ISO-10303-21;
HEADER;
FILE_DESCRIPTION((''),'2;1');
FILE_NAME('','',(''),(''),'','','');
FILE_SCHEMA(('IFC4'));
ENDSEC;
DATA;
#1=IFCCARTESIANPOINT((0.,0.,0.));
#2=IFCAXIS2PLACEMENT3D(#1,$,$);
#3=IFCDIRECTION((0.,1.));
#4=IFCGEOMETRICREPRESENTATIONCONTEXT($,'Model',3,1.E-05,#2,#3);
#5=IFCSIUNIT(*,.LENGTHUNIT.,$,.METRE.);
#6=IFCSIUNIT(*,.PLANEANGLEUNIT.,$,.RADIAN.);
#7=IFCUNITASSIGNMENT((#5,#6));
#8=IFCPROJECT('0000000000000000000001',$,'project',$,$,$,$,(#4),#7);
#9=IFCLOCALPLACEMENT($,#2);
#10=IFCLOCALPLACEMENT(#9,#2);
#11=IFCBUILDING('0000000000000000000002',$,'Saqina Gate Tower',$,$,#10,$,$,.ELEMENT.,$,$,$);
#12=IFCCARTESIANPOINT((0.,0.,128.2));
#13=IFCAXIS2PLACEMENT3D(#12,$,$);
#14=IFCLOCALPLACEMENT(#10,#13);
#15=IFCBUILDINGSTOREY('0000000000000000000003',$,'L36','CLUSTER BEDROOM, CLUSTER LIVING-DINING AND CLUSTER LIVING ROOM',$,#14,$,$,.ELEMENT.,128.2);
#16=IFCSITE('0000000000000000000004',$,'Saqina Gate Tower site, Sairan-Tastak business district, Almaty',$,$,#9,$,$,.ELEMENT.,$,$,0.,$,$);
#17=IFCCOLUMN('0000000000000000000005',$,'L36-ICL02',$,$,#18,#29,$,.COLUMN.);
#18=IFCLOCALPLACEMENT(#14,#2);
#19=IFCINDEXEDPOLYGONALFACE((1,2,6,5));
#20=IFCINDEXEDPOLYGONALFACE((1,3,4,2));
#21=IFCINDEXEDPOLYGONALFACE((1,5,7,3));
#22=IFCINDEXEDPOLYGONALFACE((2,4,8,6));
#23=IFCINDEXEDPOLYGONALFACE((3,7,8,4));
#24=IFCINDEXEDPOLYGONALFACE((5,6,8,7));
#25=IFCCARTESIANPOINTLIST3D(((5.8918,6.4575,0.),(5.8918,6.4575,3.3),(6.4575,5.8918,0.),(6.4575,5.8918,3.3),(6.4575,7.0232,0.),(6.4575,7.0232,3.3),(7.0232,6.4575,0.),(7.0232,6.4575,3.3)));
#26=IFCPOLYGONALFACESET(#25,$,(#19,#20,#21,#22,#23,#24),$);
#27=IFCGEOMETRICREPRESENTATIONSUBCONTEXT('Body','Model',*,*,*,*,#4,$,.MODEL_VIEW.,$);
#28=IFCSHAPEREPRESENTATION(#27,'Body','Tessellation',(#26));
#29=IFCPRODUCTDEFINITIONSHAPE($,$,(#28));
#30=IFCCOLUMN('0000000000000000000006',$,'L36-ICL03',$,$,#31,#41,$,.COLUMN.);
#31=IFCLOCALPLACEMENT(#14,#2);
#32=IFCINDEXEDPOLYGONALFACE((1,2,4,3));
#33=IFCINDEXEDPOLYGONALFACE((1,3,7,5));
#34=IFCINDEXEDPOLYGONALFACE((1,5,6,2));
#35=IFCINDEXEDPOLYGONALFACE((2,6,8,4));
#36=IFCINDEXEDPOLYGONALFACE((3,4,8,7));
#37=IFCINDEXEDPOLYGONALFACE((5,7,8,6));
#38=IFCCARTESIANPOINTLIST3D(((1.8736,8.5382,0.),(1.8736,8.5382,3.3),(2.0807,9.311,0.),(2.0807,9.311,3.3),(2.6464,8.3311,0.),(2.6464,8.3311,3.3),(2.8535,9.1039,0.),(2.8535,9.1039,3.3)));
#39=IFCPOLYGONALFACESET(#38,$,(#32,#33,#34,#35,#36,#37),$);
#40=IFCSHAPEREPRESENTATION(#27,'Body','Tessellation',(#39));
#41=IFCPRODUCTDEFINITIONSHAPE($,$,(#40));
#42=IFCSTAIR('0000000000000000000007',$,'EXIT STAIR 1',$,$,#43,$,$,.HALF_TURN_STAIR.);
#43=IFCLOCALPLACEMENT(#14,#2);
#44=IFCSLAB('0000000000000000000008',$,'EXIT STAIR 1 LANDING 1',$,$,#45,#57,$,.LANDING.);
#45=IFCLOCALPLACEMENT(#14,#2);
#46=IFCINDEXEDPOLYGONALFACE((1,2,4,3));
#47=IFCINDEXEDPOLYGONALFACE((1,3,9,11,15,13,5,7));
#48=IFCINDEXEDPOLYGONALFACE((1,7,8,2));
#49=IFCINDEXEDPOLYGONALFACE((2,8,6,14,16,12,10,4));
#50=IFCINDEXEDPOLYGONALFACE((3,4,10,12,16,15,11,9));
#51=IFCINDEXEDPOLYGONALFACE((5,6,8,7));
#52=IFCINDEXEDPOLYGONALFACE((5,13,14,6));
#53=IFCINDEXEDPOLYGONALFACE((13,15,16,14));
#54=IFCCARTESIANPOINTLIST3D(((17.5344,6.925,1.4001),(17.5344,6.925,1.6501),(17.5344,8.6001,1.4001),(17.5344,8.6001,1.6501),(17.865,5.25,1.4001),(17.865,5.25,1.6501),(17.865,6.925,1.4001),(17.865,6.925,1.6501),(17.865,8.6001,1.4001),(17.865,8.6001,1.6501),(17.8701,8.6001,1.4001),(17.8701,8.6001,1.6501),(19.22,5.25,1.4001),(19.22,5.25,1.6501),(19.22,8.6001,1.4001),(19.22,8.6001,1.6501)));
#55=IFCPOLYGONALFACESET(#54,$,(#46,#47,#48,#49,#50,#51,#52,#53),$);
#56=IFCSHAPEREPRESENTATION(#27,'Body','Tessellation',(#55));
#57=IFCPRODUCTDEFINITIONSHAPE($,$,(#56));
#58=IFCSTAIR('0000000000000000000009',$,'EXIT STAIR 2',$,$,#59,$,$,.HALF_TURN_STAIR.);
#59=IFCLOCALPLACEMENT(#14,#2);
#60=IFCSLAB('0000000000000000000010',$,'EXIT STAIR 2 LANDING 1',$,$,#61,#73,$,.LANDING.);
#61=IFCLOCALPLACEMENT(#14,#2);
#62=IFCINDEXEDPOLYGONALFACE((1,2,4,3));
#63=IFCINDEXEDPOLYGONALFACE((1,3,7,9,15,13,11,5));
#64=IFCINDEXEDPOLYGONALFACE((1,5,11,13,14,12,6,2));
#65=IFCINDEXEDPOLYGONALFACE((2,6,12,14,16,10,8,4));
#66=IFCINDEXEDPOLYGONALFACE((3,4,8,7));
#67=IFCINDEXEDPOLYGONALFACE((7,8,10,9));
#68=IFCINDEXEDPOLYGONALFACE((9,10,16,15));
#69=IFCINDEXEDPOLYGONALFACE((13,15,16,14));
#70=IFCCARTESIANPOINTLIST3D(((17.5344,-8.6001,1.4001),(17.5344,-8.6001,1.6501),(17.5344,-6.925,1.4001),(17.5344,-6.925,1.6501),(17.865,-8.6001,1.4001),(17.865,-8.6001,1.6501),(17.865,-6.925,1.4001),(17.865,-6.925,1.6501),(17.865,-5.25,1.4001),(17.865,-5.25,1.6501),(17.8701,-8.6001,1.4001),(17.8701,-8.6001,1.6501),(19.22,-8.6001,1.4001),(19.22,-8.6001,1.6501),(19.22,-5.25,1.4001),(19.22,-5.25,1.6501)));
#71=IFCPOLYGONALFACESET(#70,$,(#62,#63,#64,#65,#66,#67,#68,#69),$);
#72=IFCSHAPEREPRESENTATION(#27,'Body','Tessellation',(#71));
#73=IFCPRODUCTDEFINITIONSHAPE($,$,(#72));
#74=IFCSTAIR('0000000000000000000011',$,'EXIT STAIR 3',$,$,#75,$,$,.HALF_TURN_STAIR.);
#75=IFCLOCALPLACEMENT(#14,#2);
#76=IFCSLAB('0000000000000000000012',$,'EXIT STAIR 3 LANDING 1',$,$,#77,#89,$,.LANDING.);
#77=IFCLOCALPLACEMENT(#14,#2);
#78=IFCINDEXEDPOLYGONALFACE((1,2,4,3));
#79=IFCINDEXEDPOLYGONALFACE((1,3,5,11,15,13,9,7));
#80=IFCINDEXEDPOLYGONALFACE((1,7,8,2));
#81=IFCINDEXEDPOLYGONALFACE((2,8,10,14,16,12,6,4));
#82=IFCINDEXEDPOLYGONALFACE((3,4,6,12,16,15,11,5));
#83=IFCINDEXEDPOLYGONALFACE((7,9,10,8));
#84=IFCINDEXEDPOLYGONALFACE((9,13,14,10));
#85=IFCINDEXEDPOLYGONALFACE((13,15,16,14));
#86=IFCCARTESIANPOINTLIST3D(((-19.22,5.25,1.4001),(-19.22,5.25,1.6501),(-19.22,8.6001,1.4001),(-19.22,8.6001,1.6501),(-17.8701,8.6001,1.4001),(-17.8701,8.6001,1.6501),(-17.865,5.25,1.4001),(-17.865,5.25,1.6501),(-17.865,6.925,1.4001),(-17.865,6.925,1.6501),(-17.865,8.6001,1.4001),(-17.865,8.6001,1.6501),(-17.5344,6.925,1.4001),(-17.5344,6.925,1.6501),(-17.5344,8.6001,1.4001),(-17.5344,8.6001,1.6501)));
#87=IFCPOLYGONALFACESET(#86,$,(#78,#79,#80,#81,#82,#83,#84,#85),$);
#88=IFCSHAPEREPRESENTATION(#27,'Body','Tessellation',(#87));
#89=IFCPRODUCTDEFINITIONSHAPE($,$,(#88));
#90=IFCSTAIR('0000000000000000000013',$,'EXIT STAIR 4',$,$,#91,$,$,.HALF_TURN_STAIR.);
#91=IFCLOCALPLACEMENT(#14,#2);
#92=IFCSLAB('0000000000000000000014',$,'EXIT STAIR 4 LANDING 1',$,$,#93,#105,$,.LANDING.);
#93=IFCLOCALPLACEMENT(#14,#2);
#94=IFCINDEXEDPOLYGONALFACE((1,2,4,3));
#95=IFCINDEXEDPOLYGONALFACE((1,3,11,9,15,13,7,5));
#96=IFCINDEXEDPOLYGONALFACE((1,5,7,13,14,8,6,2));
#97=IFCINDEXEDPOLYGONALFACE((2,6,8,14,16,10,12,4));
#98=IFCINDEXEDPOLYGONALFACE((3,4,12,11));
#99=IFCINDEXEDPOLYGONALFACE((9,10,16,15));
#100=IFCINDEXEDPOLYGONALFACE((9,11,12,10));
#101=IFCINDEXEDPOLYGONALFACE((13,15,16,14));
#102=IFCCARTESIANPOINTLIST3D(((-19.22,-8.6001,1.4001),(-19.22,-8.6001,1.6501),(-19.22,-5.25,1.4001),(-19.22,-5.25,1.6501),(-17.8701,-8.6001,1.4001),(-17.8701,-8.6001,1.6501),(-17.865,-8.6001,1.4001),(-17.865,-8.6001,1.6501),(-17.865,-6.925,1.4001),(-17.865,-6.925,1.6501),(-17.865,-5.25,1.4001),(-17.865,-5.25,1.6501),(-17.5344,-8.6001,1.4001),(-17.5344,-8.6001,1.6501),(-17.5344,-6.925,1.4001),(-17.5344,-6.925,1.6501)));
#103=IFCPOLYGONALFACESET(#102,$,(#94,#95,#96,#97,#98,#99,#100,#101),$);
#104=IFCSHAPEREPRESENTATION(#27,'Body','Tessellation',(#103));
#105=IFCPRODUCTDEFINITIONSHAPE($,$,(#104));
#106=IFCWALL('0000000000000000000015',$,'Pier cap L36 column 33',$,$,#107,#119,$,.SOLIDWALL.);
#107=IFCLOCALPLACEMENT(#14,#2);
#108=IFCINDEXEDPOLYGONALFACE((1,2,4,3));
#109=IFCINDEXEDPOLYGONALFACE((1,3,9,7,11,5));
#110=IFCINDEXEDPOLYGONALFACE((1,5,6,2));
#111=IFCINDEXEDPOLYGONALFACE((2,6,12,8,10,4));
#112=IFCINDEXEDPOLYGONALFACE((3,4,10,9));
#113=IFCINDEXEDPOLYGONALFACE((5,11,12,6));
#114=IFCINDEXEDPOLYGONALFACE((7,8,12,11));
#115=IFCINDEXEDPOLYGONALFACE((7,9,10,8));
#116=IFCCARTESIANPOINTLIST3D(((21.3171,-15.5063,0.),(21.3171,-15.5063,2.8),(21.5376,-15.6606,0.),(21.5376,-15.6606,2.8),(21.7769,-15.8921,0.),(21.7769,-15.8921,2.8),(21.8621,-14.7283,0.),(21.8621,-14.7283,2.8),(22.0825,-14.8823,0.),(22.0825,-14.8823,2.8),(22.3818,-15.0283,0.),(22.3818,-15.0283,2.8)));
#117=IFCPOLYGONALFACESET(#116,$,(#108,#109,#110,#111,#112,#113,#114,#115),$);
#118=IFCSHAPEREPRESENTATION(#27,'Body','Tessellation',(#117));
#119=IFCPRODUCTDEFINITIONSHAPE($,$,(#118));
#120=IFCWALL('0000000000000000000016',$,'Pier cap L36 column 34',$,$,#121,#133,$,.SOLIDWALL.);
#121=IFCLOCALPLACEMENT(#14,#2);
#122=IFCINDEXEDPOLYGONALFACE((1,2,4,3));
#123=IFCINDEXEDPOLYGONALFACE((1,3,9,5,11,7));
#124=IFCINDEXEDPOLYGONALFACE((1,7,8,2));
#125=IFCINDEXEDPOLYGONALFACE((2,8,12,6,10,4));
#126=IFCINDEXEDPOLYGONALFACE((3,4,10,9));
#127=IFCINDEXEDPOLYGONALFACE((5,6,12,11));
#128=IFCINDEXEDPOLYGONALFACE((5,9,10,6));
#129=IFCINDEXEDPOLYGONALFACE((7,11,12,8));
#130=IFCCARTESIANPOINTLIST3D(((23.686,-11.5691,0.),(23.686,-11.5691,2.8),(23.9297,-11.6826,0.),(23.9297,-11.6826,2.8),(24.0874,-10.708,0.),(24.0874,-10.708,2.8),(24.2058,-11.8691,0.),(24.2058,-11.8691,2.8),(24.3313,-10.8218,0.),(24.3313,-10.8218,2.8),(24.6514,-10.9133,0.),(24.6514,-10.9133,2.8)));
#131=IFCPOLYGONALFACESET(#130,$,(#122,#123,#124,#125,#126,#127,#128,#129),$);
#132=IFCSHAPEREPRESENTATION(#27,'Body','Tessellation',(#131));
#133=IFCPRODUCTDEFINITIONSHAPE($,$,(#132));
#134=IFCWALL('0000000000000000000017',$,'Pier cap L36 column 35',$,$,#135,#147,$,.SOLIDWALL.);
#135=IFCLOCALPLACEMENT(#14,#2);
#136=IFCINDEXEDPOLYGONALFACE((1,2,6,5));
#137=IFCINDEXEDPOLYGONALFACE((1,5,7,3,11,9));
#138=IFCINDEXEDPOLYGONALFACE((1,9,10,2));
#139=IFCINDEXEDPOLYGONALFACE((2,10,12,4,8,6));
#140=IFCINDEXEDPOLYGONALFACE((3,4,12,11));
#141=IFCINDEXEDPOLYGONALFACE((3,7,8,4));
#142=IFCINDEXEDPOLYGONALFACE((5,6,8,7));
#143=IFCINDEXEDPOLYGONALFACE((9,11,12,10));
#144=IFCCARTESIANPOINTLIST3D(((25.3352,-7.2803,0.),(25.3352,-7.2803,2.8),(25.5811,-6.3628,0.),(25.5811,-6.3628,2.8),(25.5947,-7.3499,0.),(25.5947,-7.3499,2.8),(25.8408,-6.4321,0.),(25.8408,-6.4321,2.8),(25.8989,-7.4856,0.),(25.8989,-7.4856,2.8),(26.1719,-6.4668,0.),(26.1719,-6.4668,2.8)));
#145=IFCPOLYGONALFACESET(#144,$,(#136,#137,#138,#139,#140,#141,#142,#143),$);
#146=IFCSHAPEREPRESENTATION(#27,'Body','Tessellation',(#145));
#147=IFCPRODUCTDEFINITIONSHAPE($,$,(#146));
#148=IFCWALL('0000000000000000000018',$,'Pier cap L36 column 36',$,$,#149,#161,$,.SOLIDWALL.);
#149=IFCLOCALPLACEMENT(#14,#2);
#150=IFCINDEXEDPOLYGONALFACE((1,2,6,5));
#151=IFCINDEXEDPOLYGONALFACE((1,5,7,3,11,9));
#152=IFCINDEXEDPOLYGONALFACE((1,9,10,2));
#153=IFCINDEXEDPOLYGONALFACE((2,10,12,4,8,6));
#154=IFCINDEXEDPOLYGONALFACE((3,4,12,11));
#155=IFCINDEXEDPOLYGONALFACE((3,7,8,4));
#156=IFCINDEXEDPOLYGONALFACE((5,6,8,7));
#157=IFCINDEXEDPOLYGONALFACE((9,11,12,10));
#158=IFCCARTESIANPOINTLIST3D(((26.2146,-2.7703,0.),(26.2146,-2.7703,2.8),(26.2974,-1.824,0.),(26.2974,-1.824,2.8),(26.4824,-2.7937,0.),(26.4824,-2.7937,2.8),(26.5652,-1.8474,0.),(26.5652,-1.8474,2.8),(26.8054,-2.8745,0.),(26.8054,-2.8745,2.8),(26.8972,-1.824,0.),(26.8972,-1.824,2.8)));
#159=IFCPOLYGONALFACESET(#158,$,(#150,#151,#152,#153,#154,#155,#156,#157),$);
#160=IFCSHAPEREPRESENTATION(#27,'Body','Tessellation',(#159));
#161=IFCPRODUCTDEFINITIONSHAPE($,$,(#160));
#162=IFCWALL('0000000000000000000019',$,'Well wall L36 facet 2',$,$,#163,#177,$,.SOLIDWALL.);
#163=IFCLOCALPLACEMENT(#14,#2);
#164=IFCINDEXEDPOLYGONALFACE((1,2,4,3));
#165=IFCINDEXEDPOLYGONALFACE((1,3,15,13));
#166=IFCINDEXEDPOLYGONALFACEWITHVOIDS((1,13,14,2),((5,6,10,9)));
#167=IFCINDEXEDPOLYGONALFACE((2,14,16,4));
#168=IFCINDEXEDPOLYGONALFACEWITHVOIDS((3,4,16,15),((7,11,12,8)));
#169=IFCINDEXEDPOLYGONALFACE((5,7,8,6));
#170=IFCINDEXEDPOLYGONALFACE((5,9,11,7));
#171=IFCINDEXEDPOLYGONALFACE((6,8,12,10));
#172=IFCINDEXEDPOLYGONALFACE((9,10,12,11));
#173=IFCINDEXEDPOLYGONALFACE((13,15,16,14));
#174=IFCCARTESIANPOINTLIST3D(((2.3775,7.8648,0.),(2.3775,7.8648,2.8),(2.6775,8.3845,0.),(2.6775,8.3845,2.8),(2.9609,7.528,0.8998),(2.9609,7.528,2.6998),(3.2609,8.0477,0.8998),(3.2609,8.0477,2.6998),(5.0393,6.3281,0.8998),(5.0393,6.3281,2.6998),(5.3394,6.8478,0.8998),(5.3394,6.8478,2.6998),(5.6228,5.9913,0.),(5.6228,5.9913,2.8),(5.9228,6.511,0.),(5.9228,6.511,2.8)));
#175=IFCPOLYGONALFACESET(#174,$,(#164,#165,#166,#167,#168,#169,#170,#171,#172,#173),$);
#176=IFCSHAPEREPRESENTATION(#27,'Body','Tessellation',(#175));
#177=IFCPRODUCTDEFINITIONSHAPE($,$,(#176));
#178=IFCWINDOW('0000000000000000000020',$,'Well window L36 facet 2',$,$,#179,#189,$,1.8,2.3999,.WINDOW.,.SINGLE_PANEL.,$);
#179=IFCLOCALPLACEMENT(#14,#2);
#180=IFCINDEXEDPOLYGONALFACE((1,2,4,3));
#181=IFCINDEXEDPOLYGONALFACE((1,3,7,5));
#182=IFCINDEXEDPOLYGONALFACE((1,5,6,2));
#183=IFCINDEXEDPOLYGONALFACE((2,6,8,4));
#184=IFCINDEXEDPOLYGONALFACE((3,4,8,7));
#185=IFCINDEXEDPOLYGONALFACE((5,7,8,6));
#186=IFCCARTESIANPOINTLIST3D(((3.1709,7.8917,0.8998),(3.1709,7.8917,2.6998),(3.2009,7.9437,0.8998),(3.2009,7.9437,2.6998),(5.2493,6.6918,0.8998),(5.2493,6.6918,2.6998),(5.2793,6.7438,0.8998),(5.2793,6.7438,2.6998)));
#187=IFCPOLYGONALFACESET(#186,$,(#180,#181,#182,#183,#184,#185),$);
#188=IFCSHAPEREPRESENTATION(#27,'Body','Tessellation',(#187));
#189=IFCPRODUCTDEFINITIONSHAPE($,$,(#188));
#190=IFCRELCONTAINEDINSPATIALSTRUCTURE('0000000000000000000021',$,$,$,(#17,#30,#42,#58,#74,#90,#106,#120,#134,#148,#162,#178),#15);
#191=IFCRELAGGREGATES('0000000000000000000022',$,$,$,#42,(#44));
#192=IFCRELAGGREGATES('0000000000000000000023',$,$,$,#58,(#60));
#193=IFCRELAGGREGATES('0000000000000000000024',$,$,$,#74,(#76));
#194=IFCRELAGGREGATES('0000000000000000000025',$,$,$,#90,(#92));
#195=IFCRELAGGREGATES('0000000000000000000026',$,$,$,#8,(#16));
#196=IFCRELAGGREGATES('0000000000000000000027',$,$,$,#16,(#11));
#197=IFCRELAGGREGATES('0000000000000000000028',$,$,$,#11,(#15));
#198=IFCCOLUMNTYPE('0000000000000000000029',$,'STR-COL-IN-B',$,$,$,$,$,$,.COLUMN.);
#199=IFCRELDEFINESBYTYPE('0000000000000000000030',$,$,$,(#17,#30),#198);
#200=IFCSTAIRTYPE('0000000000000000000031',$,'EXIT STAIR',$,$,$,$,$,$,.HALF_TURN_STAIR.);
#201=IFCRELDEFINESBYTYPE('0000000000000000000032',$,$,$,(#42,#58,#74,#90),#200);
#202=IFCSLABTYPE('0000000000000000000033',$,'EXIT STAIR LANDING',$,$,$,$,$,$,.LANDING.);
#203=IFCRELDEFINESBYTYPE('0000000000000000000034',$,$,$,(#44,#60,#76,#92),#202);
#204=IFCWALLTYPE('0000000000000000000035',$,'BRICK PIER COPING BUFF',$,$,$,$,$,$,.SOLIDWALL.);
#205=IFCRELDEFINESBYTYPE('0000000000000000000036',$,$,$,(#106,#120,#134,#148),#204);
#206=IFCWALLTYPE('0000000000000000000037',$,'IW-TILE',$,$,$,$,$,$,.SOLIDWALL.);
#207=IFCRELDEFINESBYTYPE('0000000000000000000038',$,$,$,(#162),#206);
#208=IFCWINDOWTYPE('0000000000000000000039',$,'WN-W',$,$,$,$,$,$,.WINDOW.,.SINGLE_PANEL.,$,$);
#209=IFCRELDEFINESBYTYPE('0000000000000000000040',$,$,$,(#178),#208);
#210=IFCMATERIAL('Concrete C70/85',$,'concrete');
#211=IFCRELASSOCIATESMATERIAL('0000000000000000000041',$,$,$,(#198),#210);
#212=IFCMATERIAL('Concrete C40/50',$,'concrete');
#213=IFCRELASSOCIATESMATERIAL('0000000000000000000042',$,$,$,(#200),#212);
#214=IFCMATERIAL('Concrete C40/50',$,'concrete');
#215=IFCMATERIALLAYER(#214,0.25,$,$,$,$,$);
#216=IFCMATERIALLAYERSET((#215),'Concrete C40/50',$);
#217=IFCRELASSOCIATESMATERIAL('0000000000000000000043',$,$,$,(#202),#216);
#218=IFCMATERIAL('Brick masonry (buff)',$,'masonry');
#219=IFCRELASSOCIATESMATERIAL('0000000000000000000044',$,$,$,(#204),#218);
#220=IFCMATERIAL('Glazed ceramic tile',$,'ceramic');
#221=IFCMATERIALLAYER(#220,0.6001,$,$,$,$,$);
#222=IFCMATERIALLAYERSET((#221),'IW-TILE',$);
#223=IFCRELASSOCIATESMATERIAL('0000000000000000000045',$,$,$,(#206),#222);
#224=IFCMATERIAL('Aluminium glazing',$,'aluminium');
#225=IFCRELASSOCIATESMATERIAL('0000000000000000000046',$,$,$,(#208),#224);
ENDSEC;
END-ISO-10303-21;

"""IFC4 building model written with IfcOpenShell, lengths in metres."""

from ifc_helpers import new_model, si_unit, direction, frame, frame_2d, origin, origin_2d, place, context, subcontext, project, spatial, polyline, rectangle, outline, extrude, material, layer, layer_set, material_profile, profile_set, type_object, element, fill, aggregate, save


model = new_model("IFC4")

# Units and contexts
model_context = context("Model", 3, precision=1e-05, world=origin(), true_north=direction((0.0, 1.0)))
body_context = subcontext(model_context, "Body", "Model", "MODEL_VIEW")
ifc_project = project(units=[si_unit("LENGTHUNIT", "METRE"), si_unit("PLANEANGLEUNIT", "RADIAN")], contexts=[model_context])

# Site, building, storey
site_placement = place(None, origin())
site = spatial("IfcSite", under=ifc_project, at=site_placement, Name="Saqina Gate Tower site, Sairan-Tastak business district, Almaty", CompositionType="ELEMENT", RefElevation=0.0)
building_placement = place(site_placement, origin())
building = spatial("IfcBuilding", under=site, at=building_placement, Name="Saqina Gate Tower", CompositionType="ELEMENT")
storey_placement = place(building_placement, frame((0.0, 0.0, 128.2)))
storey = spatial("IfcBuildingStorey", under=building, at=storey_placement, Name="L36", Description="CLUSTER BEDROOM, CLUSTER LIVING-DINING AND CLUSTER LIVING ROOM", CompositionType="ELEMENT", Elevation=128.2)

# Columns
ifc_material_1 = material(Name="Concrete C70/85", Category="concrete")
ifc_material_profile = material_profile(ifc_material_1, rectangle(XDim=0.8, YDim=0.8, at=origin_2d()), Name="RC 800x800")
ifc_profile_set = profile_set([ifc_material_profile], Name="Concrete C70/85")
column_type = type_object("IfcColumnType", Name="STR-COL-IN-B", PredefinedType="COLUMN", material=ifc_profile_set)
for number, where, z_axis, x_axis, name in (
    (1, (6.4575, 6.4575, 0.0), (0.0, 0.0, 1.0), (0.707107, 0.707107, 0.0), "L36-ICL02"),
    (2, (2.3635, 8.821, 0.0), (0.0, 0.0, 1.0), (0.258819, 0.965926, 0.0), "L36-ICL03"),
):
    element("IfcColumn", number, at=place(storey_placement, frame(where, z_axis=z_axis, x_axis=x_axis)), inside=storey, type_object=column_type, Name=name, PredefinedType="COLUMN", context=body_context, shape_type="SweptSolid", body=[
        extrude(rectangle(XDim=0.8, YDim=0.8, at=origin_2d()), origin(), (0.0, 0.0, 1.0), 3.3),
    ])

# Stairs, slabs
ifc_material_2 = material(Name="Concrete C40/50", Category="concrete")
stair_type = type_object("IfcStairType", Name="EXIT STAIR", PredefinedType="HALF_TURN_STAIR", material=ifc_material_2)
stair_1_placement = place(storey_placement, origin())
stair_1 = element("IfcStair", 3, at=stair_1_placement, inside=storey, type_object=stair_type, Name="EXIT STAIR 1", PredefinedType="HALF_TURN_STAIR")
ifc_material_3 = material(Name="Concrete C40/50", Category="concrete")
ifc_layer_1 = layer(ifc_material_3, 0.25)
ifc_layer_set_1 = layer_set([ifc_layer_1], Name="Concrete C40/50")
slab_type = type_object("IfcSlabType", Name="EXIT STAIR LANDING", PredefinedType="LANDING", material=ifc_layer_set_1)
slab_1_placement = place(storey_placement, frame((0.0, 0.0, 1.4001)))
slab_1 = element("IfcSlab", 4, at=slab_1_placement, type_object=slab_type, Name="EXIT STAIR 1 LANDING 1", PredefinedType="LANDING", context=body_context, shape_type="SweptSolid", body=[
    extrude(outline(polyline([(19.22, 8.6001), (19.22, 5.25), (17.865, 5.25), (17.865, 6.925), (17.5344, 6.925), (17.5344, 8.6001), (17.865, 8.6001), (17.8701, 8.6001), (19.22, 8.6001)])), origin(), (0.0, 0.0, 1.0), 0.25),
])
aggregate(stair_1, [slab_1])
stair_2_placement = place(storey_placement, origin())
stair_2 = element("IfcStair", 5, at=stair_2_placement, inside=storey, type_object=stair_type, Name="EXIT STAIR 2", PredefinedType="HALF_TURN_STAIR")
slab_2_placement = place(storey_placement, frame((0.0, 0.0, 1.4001)))
slab_2 = element("IfcSlab", 6, at=slab_2_placement, type_object=slab_type, Name="EXIT STAIR 2 LANDING 1", PredefinedType="LANDING", context=body_context, shape_type="SweptSolid", body=[
    extrude(outline(polyline([(17.5344, -8.6001), (17.5344, -6.925), (17.865, -6.925), (17.865, -5.25), (19.22, -5.25), (19.22, -8.6001), (17.8701, -8.6001), (17.865, -8.6001), (17.5344, -8.6001)])), origin(), (0.0, 0.0, 1.0), 0.25),
])
aggregate(stair_2, [slab_2])
stair_3_placement = place(storey_placement, origin())
stair_3 = element("IfcStair", 7, at=stair_3_placement, inside=storey, type_object=stair_type, Name="EXIT STAIR 3", PredefinedType="HALF_TURN_STAIR")
slab_3_placement = place(storey_placement, frame((0.0, 0.0, 1.4001)))
slab_3 = element("IfcSlab", 8, at=slab_3_placement, type_object=slab_type, Name="EXIT STAIR 3 LANDING 1", PredefinedType="LANDING", context=body_context, shape_type="SweptSolid", body=[
    extrude(outline(polyline([(-17.865, 5.25), (-19.22, 5.25), (-19.22, 8.6001), (-17.8701, 8.6001), (-17.865, 8.6001), (-17.5344, 8.6001), (-17.5344, 6.925), (-17.865, 6.925), (-17.865, 5.25)])), origin(), (0.0, 0.0, 1.0), 0.25),
])
aggregate(stair_3, [slab_3])
stair_4_placement = place(storey_placement, origin())
stair_4 = element("IfcStair", 9, at=stair_4_placement, inside=storey, type_object=stair_type, Name="EXIT STAIR 4", PredefinedType="HALF_TURN_STAIR")
slab_4_placement = place(storey_placement, frame((0.0, 0.0, 1.4001)))
slab_4 = element("IfcSlab", 10, at=slab_4_placement, type_object=slab_type, Name="EXIT STAIR 4 LANDING 1", PredefinedType="LANDING", context=body_context, shape_type="SweptSolid", body=[
    extrude(outline(polyline([(-17.5344, -6.925), (-17.5344, -8.6001), (-17.865, -8.6001), (-17.8701, -8.6001), (-19.22, -8.6001), (-19.22, -5.25), (-17.865, -5.25), (-17.865, -6.925), (-17.5344, -6.925)])), origin(), (0.0, 0.0, 1.0), 0.25),
])
aggregate(stair_4, [slab_4])

# Walls
ifc_material_4 = material(Name="Brick masonry (buff)", Category="masonry")
wall_type_1 = type_object("IfcWallType", Name="BRICK PIER COPING BUFF", PredefinedType="SOLIDWALL", material=ifc_material_4)
wall_1_placement = place(storey_placement, origin())
element("IfcWall", 11, at=wall_1_placement, inside=storey, type_object=wall_type_1, Name="Pier cap L36 column 33", PredefinedType="SOLIDWALL", context=body_context, shape_type="SweptSolid", body=[
    extrude(outline(polyline([(22.3818, -15.0283), (21.8621, -14.7283), (22.0825, -14.8823), (21.5376, -15.6606), (21.3171, -15.5063), (21.7769, -15.8921), (22.3818, -15.0283)])), origin(), (0.0, 0.0, 1.0), 2.8),
])
wall_2_placement = place(storey_placement, origin())
element("IfcWall", 12, at=wall_2_placement, inside=storey, type_object=wall_type_1, Name="Pier cap L36 column 34", PredefinedType="SOLIDWALL", context=body_context, shape_type="SweptSolid", body=[
    extrude(outline(polyline([(24.6514, -10.9133), (24.0874, -10.708), (24.3313, -10.8218), (23.9297, -11.6826), (23.686, -11.5691), (24.2058, -11.8691), (24.6514, -10.9133)])), origin(), (0.0, 0.0, 1.0), 2.8),
])
wall_3_placement = place(storey_placement, origin())
element("IfcWall", 13, at=wall_3_placement, inside=storey, type_object=wall_type_1, Name="Pier cap L36 column 35", PredefinedType="SOLIDWALL", context=body_context, shape_type="SweptSolid", body=[
    extrude(outline(polyline([(25.8989, -7.4856), (26.1719, -6.4668), (25.5811, -6.3628), (25.8408, -6.4321), (25.5947, -7.3499), (25.3352, -7.2803), (25.8989, -7.4856)])), origin(), (0.0, 0.0, 1.0), 2.8),
])
wall_4_placement = place(storey_placement, origin())
element("IfcWall", 14, at=wall_4_placement, inside=storey, type_object=wall_type_1, Name="Pier cap L36 column 36", PredefinedType="SOLIDWALL", context=body_context, shape_type="SweptSolid", body=[
    extrude(outline(polyline([(26.8054, -2.8745), (26.8972, -1.824), (26.2974, -1.824), (26.5652, -1.8474), (26.4824, -2.7937), (26.2146, -2.7703), (26.8054, -2.8745)])), origin(), (0.0, 0.0, 1.0), 2.8),
])

# Wall, opening, window
ifc_material_5 = material(Name="Glazed ceramic tile", Category="ceramic")
ifc_layer_2 = layer(ifc_material_5, 0.6001)
ifc_layer_set_2 = layer_set([ifc_layer_2], Name="IW-TILE")
wall_type_2 = type_object("IfcWallType", Name="IW-TILE", PredefinedType="SOLIDWALL", material=ifc_layer_set_2)
wall_5_placement = place(storey_placement, frame((5.7727, 6.2512, 0.0), z_axis=(0.0, 0.0, 1.0), x_axis=(-0.866046, 0.499965, 0.0)))
wall_5 = element("IfcWall", 15, at=wall_5_placement, inside=storey, type_object=wall_type_2, Name="Well wall L36 facet 2", PredefinedType="SOLIDWALL", context=body_context, shape_type="SweptSolid", body=[
    extrude(rectangle(XDim=3.7473, YDim=0.6001, at=frame_2d((1.8735, 0.0))), origin(), (0.0, 0.0, 1.0), 2.8),
])
opening_1_placement = place(wall_5_placement, frame((0.6736, 0.0, 0.8999)))
opening_1 = element("IfcOpeningElement", 16, at=opening_1_placement, cuts=wall_5, PredefinedType="OPENING", context=body_context, shape_type="SweptSolid", body=[
    extrude(rectangle(XDim=2.3999, YDim=1.8, at=frame_2d((1.2, 0.8999))), frame((0.0, 0.312, 0.0), z_axis=(0.0, -1.0, 0.0), x_axis=(1.0, 0.0, 0.0)), (0.0, 0.0, 1.0), 0.624),
])
ifc_material_6 = material(Name="Aluminium glazing", Category="aluminium")
window_type = type_object("IfcWindowType", Name="WN-W", PartitioningType="SINGLE_PANEL", PredefinedType="WINDOW", material=ifc_material_6)
window_1_placement = place(opening_1_placement, origin())
window_1 = element("IfcWindow", 17, at=window_1_placement, inside=storey, type_object=window_type, Name="Well window L36 facet 2", OverallHeight=1.8, OverallWidth=2.3999, PartitioningType="SINGLE_PANEL", PredefinedType="WINDOW", context=body_context, shape_type="SweptSolid", body=[
    extrude(rectangle(XDim=2.3999, YDim=1.8, at=frame_2d((1.2, 0.8999))), frame((0.0, -0.1199, 0.0), z_axis=(0.0, -1.0, 0.0), x_axis=(1.0, 0.0, 0.0)), (0.0, 0.0, 1.0), 0.0601),
])
fill(opening_1, window_1)

save(model, "model.ifc")
